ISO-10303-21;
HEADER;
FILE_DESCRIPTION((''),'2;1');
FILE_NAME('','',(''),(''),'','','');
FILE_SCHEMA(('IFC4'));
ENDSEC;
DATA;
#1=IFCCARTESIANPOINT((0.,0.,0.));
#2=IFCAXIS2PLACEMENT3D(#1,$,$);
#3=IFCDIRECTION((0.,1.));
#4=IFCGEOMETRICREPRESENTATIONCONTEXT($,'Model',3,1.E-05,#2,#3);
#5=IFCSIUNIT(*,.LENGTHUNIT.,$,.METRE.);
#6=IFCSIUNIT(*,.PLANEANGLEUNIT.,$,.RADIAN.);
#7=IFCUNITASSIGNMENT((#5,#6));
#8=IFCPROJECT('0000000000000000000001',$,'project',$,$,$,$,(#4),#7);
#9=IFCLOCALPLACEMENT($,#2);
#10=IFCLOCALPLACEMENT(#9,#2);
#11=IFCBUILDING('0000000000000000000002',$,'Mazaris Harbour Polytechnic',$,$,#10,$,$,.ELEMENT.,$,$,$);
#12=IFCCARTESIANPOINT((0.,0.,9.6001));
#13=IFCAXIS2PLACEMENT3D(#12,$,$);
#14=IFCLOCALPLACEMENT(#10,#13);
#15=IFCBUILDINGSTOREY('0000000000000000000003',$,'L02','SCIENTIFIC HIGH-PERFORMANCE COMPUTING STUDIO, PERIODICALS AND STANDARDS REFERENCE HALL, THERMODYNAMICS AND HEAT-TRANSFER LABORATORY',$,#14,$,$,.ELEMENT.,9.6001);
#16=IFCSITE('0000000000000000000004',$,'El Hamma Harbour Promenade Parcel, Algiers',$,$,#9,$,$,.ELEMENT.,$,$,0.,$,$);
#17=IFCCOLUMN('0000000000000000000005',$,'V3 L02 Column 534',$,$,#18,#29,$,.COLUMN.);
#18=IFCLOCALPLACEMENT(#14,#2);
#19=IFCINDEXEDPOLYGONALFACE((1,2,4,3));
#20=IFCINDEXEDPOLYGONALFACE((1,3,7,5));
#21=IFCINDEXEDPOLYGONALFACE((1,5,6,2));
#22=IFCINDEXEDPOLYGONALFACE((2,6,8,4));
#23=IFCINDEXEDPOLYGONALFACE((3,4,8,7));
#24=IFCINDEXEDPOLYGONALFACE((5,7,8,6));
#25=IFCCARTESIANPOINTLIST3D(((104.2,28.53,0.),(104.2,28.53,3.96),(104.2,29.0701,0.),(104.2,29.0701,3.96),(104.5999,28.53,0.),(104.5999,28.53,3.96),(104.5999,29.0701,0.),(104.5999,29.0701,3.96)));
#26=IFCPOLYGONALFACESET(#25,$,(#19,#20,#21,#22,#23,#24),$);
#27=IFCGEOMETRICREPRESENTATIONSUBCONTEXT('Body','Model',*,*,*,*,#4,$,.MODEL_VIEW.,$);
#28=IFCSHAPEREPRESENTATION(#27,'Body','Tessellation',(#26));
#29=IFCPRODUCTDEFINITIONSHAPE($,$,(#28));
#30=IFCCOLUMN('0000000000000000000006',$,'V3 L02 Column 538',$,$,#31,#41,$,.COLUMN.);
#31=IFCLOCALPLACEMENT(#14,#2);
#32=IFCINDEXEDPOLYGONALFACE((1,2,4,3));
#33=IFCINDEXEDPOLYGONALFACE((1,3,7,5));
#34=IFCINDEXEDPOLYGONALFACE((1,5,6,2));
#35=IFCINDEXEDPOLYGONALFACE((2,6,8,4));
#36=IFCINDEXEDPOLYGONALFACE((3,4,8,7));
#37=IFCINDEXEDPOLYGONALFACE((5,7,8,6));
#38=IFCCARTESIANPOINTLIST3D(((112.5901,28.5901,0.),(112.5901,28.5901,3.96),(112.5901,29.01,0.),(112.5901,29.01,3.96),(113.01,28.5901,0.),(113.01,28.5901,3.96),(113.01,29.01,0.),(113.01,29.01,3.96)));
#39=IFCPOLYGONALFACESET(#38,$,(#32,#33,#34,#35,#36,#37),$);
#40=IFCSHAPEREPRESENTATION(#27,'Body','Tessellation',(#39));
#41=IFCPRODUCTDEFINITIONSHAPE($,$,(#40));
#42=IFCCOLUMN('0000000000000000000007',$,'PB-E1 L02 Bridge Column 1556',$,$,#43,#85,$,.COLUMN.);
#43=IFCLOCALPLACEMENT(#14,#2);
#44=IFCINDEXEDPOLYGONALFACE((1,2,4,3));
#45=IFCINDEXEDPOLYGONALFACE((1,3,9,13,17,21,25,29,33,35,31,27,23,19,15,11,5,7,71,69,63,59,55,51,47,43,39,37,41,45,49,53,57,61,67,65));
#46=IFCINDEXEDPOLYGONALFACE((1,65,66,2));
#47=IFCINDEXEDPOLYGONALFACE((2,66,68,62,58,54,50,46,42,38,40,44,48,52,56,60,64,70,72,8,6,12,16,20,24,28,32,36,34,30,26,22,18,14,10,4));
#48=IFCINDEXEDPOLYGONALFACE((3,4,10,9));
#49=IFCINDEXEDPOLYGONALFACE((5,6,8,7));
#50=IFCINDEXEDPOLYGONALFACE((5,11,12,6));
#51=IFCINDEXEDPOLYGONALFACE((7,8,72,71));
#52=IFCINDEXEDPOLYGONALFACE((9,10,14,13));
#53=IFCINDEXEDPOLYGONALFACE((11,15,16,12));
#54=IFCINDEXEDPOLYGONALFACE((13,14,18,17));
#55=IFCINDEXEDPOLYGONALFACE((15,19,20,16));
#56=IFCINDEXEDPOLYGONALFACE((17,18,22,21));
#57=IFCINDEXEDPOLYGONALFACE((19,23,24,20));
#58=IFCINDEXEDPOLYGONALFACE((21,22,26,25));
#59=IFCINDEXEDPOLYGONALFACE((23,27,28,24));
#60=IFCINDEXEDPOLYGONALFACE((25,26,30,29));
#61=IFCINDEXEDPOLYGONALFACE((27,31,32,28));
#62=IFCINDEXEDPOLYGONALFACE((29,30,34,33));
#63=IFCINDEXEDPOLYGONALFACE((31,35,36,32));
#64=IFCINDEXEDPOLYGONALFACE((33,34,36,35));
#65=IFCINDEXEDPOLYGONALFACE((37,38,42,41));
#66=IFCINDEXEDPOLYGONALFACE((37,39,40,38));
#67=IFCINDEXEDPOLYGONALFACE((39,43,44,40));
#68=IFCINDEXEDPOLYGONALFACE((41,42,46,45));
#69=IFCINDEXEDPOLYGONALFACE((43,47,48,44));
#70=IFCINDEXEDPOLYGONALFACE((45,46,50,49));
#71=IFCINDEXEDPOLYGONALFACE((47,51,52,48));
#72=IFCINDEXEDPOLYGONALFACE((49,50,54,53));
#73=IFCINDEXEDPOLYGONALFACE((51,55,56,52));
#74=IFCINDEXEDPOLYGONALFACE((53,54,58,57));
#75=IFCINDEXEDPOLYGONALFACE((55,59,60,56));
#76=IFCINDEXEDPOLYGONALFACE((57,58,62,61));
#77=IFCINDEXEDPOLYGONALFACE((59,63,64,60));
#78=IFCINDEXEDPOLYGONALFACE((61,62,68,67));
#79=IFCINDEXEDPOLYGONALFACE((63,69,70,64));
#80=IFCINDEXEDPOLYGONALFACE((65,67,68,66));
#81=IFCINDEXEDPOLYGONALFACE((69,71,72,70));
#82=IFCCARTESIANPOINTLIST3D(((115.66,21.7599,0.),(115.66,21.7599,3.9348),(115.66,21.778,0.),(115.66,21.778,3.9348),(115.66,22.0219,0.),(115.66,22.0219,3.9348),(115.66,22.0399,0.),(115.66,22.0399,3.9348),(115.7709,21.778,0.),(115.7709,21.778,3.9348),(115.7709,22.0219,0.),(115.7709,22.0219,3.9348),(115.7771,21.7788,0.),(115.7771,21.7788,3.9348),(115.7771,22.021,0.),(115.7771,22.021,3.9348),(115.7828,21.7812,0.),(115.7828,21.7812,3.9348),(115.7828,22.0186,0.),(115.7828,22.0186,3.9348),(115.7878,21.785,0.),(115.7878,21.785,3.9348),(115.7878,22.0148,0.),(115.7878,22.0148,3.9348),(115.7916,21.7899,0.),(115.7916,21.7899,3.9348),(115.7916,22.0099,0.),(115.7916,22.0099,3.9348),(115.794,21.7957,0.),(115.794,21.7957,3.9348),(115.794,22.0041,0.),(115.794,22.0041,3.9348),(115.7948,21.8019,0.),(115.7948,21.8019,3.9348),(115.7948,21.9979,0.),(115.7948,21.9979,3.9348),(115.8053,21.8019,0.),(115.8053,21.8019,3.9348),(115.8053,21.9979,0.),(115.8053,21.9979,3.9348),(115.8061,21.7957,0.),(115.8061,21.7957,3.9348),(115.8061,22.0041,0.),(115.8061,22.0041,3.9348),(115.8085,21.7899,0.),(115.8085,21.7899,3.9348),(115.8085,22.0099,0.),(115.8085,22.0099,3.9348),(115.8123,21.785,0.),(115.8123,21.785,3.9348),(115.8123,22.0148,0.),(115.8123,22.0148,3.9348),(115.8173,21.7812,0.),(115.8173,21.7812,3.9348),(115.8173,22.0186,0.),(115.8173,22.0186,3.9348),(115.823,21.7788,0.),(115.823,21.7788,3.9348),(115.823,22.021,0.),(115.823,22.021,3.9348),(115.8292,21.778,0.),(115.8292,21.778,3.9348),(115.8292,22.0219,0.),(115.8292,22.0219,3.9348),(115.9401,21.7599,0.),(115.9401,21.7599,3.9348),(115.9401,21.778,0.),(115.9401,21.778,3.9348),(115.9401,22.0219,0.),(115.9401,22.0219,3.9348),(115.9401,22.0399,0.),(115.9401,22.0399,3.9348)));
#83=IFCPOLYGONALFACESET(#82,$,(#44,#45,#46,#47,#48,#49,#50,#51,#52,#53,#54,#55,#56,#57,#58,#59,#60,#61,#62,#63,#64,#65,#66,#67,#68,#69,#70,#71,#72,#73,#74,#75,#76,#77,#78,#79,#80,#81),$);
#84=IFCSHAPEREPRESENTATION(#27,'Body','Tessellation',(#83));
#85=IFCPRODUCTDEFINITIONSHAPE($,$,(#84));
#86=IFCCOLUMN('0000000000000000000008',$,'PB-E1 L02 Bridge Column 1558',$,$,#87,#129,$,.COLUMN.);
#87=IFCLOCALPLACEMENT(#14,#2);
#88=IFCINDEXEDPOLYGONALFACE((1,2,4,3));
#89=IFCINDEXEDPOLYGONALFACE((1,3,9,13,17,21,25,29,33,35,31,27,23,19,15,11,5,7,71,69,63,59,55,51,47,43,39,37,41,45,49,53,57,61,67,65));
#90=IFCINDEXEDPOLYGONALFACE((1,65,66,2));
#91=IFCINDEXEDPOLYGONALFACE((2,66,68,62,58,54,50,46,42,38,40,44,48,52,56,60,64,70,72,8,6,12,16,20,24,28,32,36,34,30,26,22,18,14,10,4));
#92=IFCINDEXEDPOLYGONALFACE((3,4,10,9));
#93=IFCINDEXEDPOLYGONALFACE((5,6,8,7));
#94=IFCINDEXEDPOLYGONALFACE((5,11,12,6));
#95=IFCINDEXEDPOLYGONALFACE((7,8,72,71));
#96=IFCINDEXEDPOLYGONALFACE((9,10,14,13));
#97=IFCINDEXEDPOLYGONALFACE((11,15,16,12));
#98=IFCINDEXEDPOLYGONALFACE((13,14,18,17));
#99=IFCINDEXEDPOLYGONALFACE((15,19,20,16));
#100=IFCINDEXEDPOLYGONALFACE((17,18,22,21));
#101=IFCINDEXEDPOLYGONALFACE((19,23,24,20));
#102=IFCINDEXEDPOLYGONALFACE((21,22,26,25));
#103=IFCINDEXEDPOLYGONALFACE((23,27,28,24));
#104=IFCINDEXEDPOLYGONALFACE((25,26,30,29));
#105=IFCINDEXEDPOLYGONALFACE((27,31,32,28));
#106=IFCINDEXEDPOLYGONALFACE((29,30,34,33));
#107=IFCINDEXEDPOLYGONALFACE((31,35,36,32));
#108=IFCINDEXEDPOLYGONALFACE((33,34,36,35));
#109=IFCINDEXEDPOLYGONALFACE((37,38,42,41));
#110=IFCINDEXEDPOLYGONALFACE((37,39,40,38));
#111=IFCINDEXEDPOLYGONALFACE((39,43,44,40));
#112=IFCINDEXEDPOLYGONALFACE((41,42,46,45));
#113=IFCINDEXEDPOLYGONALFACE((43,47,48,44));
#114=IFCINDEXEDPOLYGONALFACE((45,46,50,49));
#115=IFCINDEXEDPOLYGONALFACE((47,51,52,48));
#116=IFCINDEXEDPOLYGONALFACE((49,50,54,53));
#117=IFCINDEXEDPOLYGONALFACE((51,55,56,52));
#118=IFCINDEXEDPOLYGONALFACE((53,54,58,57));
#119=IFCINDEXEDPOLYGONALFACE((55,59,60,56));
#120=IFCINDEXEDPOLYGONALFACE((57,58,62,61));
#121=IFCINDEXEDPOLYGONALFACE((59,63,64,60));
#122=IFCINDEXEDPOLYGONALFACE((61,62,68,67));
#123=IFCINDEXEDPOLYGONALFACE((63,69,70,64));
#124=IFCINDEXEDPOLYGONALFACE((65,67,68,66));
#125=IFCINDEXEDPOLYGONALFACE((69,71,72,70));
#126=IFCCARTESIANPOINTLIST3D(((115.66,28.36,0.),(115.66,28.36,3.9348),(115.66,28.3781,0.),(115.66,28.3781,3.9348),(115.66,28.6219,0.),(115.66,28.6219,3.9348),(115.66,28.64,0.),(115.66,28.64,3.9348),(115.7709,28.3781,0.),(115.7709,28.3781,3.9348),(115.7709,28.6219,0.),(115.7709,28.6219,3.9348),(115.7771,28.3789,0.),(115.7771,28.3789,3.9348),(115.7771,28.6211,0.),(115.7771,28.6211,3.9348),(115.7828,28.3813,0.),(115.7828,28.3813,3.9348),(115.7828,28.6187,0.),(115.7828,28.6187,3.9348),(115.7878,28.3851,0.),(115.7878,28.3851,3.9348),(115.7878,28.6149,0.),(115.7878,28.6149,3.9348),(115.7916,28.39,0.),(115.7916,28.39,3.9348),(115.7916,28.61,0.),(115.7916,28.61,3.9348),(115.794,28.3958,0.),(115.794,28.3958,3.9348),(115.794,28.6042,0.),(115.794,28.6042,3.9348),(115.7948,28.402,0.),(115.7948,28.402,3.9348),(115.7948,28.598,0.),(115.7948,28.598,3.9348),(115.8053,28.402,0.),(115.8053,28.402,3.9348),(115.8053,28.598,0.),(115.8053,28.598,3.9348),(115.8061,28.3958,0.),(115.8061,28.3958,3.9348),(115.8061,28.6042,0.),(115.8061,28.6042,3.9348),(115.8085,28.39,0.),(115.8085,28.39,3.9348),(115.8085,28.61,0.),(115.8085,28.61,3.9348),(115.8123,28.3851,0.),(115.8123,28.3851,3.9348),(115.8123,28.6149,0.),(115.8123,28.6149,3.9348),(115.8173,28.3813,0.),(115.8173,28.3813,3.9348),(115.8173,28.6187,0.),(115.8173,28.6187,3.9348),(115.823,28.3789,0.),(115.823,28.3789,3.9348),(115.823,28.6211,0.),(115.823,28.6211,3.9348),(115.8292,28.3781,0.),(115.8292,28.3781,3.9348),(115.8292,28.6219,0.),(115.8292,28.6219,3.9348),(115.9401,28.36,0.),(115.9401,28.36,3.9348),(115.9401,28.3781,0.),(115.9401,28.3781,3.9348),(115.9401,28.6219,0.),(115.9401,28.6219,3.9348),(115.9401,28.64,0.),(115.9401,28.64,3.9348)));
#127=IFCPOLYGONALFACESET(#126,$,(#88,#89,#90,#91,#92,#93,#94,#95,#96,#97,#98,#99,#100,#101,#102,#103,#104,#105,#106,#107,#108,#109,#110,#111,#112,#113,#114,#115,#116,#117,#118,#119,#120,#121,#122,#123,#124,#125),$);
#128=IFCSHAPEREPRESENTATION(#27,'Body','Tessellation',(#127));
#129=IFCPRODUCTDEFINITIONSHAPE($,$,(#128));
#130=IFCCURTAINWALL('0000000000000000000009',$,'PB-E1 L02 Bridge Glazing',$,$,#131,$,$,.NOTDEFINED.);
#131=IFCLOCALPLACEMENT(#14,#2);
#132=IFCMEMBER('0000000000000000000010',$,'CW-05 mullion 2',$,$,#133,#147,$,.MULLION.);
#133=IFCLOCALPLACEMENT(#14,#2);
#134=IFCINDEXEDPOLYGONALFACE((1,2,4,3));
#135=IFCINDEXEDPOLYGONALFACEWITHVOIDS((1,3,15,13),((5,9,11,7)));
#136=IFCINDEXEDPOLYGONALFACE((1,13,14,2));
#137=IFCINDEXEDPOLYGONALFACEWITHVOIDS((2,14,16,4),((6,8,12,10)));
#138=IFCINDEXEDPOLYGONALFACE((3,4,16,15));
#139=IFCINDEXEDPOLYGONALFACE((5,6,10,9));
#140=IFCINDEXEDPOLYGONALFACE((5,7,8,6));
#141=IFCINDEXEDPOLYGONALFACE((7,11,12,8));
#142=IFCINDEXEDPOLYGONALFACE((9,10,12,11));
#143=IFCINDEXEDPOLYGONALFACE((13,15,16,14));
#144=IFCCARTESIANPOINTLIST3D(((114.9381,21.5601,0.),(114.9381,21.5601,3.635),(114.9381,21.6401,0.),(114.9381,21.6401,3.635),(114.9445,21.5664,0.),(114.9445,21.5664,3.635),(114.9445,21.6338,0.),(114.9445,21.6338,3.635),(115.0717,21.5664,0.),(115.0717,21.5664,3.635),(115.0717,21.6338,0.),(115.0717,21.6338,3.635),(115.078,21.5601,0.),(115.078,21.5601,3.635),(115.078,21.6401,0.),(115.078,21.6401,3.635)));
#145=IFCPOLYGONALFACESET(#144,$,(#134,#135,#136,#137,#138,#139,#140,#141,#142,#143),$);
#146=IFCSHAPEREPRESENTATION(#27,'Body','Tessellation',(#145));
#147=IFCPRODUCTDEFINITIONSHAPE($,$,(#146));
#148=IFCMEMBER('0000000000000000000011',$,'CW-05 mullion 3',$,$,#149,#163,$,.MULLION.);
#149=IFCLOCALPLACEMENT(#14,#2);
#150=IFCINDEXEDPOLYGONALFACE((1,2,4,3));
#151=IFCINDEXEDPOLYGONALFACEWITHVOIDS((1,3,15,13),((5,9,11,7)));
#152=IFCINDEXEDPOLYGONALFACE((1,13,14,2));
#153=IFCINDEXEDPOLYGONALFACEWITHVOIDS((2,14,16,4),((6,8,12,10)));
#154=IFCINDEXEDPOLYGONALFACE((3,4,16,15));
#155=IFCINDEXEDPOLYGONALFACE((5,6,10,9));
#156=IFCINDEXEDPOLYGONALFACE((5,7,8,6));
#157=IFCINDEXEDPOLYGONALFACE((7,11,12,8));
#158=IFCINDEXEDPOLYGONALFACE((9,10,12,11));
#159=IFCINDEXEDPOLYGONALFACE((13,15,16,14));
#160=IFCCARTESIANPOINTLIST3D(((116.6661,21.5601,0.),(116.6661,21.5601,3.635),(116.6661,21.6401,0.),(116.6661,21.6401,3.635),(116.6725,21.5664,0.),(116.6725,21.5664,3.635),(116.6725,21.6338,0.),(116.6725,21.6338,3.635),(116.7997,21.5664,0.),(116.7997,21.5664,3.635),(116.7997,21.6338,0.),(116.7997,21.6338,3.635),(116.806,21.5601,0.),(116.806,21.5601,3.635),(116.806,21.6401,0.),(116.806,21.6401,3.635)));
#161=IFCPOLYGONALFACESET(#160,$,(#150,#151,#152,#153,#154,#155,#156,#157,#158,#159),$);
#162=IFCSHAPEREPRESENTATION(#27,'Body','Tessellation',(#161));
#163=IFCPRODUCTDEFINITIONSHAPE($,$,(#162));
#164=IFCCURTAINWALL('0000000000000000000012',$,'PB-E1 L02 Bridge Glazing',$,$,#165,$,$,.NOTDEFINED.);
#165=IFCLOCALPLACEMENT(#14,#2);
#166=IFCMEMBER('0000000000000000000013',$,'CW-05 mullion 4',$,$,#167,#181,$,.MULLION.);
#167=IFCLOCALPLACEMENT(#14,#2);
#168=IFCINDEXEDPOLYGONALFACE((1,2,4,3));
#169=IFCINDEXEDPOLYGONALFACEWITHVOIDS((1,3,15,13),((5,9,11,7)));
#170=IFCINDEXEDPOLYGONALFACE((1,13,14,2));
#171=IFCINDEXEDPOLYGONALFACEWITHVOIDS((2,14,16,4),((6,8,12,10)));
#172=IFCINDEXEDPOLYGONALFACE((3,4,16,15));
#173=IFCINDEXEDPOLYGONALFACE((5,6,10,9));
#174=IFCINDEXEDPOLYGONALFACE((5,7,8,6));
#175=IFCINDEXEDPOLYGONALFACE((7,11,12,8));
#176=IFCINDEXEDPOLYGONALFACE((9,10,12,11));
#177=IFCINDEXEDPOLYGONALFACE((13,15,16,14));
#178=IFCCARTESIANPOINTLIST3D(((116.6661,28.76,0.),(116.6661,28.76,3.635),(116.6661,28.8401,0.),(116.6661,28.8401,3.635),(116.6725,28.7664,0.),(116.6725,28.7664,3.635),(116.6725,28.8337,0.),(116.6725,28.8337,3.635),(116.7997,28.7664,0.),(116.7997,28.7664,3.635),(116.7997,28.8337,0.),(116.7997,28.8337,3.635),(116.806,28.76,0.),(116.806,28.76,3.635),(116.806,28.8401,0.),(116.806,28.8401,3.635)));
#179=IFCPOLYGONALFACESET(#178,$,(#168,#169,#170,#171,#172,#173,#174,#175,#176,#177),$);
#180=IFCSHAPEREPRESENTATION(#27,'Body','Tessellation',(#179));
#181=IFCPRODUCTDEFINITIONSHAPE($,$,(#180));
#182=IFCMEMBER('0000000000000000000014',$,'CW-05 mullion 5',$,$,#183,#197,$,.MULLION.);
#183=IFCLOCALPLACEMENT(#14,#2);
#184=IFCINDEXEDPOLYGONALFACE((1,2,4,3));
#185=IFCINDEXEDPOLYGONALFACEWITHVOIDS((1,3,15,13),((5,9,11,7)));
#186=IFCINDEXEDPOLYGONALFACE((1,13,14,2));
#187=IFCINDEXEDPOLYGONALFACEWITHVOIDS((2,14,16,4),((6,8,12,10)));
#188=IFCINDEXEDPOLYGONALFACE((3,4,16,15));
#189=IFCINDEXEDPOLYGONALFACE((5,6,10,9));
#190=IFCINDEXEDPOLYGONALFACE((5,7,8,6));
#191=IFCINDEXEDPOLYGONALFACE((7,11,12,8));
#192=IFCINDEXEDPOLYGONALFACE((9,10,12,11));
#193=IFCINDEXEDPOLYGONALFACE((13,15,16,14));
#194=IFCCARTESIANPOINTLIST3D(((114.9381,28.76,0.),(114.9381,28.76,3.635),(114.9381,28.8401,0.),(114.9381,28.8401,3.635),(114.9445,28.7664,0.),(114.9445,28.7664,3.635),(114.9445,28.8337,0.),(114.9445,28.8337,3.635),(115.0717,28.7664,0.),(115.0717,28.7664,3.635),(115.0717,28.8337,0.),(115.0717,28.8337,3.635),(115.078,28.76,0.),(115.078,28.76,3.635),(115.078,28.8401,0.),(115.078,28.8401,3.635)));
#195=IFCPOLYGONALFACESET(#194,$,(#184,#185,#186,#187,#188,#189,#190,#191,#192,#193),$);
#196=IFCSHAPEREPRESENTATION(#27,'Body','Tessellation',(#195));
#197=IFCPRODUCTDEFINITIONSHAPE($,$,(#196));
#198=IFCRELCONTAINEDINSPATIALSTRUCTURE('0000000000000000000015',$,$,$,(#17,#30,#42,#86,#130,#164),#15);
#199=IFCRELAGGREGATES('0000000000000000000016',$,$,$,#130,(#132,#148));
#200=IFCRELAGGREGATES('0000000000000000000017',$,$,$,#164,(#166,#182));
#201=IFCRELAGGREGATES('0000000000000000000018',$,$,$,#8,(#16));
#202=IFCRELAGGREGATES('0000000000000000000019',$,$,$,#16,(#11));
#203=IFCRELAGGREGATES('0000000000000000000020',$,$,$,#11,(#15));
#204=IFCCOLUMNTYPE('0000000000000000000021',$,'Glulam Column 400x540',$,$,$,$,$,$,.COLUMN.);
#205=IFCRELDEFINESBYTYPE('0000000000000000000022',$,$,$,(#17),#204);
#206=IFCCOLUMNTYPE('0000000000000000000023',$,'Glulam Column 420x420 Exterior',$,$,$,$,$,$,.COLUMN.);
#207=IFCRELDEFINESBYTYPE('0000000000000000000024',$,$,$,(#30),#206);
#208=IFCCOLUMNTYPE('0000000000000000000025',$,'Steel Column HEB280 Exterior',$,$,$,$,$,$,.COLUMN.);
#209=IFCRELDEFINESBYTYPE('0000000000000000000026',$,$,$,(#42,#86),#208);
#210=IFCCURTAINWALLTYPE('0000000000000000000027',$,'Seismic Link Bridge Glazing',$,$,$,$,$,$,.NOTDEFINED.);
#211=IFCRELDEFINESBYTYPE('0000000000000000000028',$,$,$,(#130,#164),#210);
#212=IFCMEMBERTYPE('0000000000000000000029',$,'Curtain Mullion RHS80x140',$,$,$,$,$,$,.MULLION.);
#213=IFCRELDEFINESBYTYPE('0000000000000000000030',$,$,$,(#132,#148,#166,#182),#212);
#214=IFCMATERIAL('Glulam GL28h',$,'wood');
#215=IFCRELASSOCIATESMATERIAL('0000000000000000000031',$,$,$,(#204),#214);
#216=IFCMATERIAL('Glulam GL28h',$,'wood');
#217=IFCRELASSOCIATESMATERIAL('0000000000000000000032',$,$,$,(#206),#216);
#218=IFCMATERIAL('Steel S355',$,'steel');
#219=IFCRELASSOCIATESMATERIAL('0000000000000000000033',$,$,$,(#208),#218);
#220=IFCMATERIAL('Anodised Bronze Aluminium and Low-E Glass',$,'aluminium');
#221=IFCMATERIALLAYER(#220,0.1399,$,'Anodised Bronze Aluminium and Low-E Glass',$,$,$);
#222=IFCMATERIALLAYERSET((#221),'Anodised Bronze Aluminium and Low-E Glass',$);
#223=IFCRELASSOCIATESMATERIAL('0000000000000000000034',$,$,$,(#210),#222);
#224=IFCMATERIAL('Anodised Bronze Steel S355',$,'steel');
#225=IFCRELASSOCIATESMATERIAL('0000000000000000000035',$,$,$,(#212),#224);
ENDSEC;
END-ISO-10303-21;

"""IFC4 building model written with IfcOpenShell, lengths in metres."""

from ifc_helpers import new_model, si_unit, direction, frame, origin, origin_2d, place, context, subcontext, project, spatial, rectangle, hollow_rectangle, i_section, extrude, material, layer, layer_set, material_profile, profile_set, type_object, element, aggregate, save


model = new_model("IFC4")

# Units and contexts
model_context = context("Model", 3, precision=1e-05, world=origin(), true_north=direction((0.0, 1.0)))
body_context = subcontext(model_context, "Body", "Model", "MODEL_VIEW")
ifc_project = project(units=[si_unit("LENGTHUNIT", "METRE"), si_unit("PLANEANGLEUNIT", "RADIAN")], contexts=[model_context])

# Site, building, storey
site_placement = place(None, origin())
site = spatial("IfcSite", under=ifc_project, at=site_placement, Name="El Hamma Harbour Promenade Parcel, Algiers", CompositionType="ELEMENT", RefElevation=0.0)
building_placement = place(site_placement, origin())
building = spatial("IfcBuilding", under=site, at=building_placement, Name="Mazaris Harbour Polytechnic", CompositionType="ELEMENT")
storey_placement = place(building_placement, frame((0.0, 0.0, 9.6001)))
storey = spatial("IfcBuildingStorey", under=building, at=storey_placement, Name="L02", Description="SCIENTIFIC HIGH-PERFORMANCE COMPUTING STUDIO, PERIODICALS AND STANDARDS REFERENCE HALL, THERMODYNAMICS AND HEAT-TRANSFER LABORATORY", CompositionType="ELEMENT", Elevation=9.6001)

# Columns
ifc_material_1 = material(Name="Glulam GL28h", Category="wood")
ifc_material_profile_1 = material_profile(ifc_material_1, rectangle(XDim=0.3999, YDim=0.54, at=origin_2d()), Name="RECT400x540")
ifc_profile_set_1 = profile_set([ifc_material_profile_1], Name="Glulam GL28h")
column_type_1 = type_object("IfcColumnType", Name="Glulam Column 400x540", PredefinedType="COLUMN", material=ifc_profile_set_1)
column_1_placement = place(storey_placement, frame((104.3999, 28.8, 0.0), z_axis=(0.0, 0.0, 1.0), x_axis=(1.0, 0.0, 0.0)))
element("IfcColumn", 1, at=column_1_placement, inside=storey, type_object=column_type_1, Name="V3 L02 Column 534", PredefinedType="COLUMN", context=body_context, shape_type="SweptSolid", body=[
    extrude(rectangle(XDim=0.3999, YDim=0.54, at=origin_2d()), origin(), (0.0, 0.0, 1.0), 3.96),
])
ifc_material_2 = material(Name="Glulam GL28h", Category="wood")
ifc_material_profile_2 = material_profile(ifc_material_2, rectangle(XDim=0.4199, YDim=0.4199, at=origin_2d()), Name="RECT420x420")
ifc_profile_set_2 = profile_set([ifc_material_profile_2], Name="Glulam GL28h")
column_type_2 = type_object("IfcColumnType", Name="Glulam Column 420x420 Exterior", PredefinedType="COLUMN", material=ifc_profile_set_2)
column_2_placement = place(storey_placement, frame((112.8, 28.8, 0.0), z_axis=(0.0, 0.0, 1.0), x_axis=(1.0, 0.0, 0.0)))
element("IfcColumn", 2, at=column_2_placement, inside=storey, type_object=column_type_2, Name="V3 L02 Column 538", PredefinedType="COLUMN", context=body_context, shape_type="SweptSolid", body=[
    extrude(rectangle(XDim=0.4199, YDim=0.4199, at=origin_2d()), origin(), (0.0, 0.0, 1.0), 3.96),
])
ifc_material_3 = material(Name="Steel S355", Category="steel")
ifc_material_profile_3 = material_profile(ifc_material_3, i_section(OverallWidth=0.28, OverallDepth=0.28, WebThickness=0.0105, FlangeThickness=0.0181, FilletRadius=0.0239, at=origin_2d()), Name="HEB 280")
ifc_profile_set_3 = profile_set([ifc_material_profile_3], Name="Steel S355")
column_type_3 = type_object("IfcColumnType", Name="Steel Column HEB280 Exterior", PredefinedType="COLUMN", material=ifc_profile_set_3)
for number, where, z_axis, x_axis, name in (
    (3, (115.8, 21.8999, 0.0), (0.0, 0.0, 1.0), (1.0, 0.0, 0.0), "PB-E1 L02 Bridge Column 1556"),
    (4, (115.8, 28.5, 0.0), (0.0, 0.0, 1.0), (1.0, 0.0, 0.0), "PB-E1 L02 Bridge Column 1558"),
):
    element("IfcColumn", number, at=place(storey_placement, frame(where, z_axis=z_axis, x_axis=x_axis)), inside=storey, type_object=column_type_3, Name=name, PredefinedType="COLUMN", context=body_context, shape_type="SweptSolid", body=[
        extrude(i_section(OverallWidth=0.28, OverallDepth=0.28, WebThickness=0.0105, FlangeThickness=0.0181, FilletRadius=0.0239, at=origin_2d()), origin(), (0.0, 0.0, 1.0), 3.9348),
    ])

# Curtain walls, members
ifc_material_4 = material(Name="Anodised Bronze Aluminium and Low-E Glass", Category="aluminium")
ifc_layer_1 = layer(ifc_material_4, 0.1399, Name="Anodised Bronze Aluminium and Low-E Glass")
ifc_layer_set_1 = layer_set([ifc_layer_1], Name="Anodised Bronze Aluminium and Low-E Glass")
curtain_wall_type = type_object("IfcCurtainWallType", Name="Seismic Link Bridge Glazing", PredefinedType="NOTDEFINED", material=ifc_layer_set_1)
curtain_wall_1_placement = place(storey_placement, origin())
curtain_wall_1 = element("IfcCurtainWall", 5, at=curtain_wall_1_placement, inside=storey, type_object=curtain_wall_type, Name="PB-E1 L02 Bridge Glazing", PredefinedType="NOTDEFINED")
ifc_material_5 = material(Name="Anodised Bronze Steel S355", Category="steel")
ifc_material_profile_4 = material_profile(ifc_material_5, hollow_rectangle(XDim=0.0801, YDim=0.1399, WallThickness=0.0063, at=origin_2d()), Name="RHS 80x140x6.3")
ifc_profile_set_4 = profile_set([ifc_material_profile_4], Name="Anodised Bronze Steel S355")
member_type_1 = type_object("IfcMemberType", Name="Curtain Mullion RHS80x140", PredefinedType="MULLION", material=ifc_profile_set_4)
member_1_placement = place(storey_placement, frame((115.0081, 21.6001, 0.0), z_axis=(0.0, 0.0, 1.0), x_axis=(0.0, 1.0, 0.0)))
member_1 = element("IfcMember", 6, at=member_1_placement, type_object=member_type_1, Name="CW-05 mullion 2", PredefinedType="MULLION", context=body_context, shape_type="SweptSolid", body=[
    extrude(hollow_rectangle(XDim=0.0801, YDim=0.1399, WallThickness=0.0063, at=origin_2d()), origin(), (0.0, 0.0, 1.0), 3.635),
])
member_2_placement = place(storey_placement, frame((116.7361, 21.6001, 0.0), z_axis=(0.0, 0.0, 1.0), x_axis=(0.0, 1.0, 0.0)))
member_2 = element("IfcMember", 7, at=member_2_placement, type_object=member_type_1, Name="CW-05 mullion 3", PredefinedType="MULLION", context=body_context, shape_type="SweptSolid", body=[
    extrude(hollow_rectangle(XDim=0.0801, YDim=0.1399, WallThickness=0.0063, at=origin_2d()), origin(), (0.0, 0.0, 1.0), 3.635),
])
curtain_wall_2_placement = place(storey_placement, origin())
curtain_wall_2 = element("IfcCurtainWall", 8, at=curtain_wall_2_placement, inside=storey, type_object=curtain_wall_type, Name="PB-E1 L02 Bridge Glazing", PredefinedType="NOTDEFINED")
member_3_placement = place(storey_placement, frame((116.7361, 28.8, 0.0), z_axis=(0.0, 0.0, 1.0), x_axis=(0.0, -1.0, 0.0)))
member_3 = element("IfcMember", 9, at=member_3_placement, type_object=member_type_1, Name="CW-05 mullion 4", PredefinedType="MULLION", context=body_context, shape_type="SweptSolid", body=[
    extrude(hollow_rectangle(XDim=0.0801, YDim=0.1399, WallThickness=0.0063, at=origin_2d()), origin(), (0.0, 0.0, 1.0), 3.635),
])
member_4_placement = place(storey_placement, frame((115.0081, 28.8, 0.0), z_axis=(0.0, 0.0, 1.0), x_axis=(0.0, -1.0, 0.0)))
member_4 = element("IfcMember", 10, at=member_4_placement, type_object=member_type_1, Name="CW-05 mullion 5", PredefinedType="MULLION", context=body_context, shape_type="SweptSolid", body=[
    extrude(hollow_rectangle(XDim=0.0801, YDim=0.1399, WallThickness=0.0063, at=origin_2d()), origin(), (0.0, 0.0, 1.0), 3.635),
])

aggregate(curtain_wall_1, [member_1, member_2])
aggregate(curtain_wall_2, [member_3, member_4])

save(model, "model.ifc")
